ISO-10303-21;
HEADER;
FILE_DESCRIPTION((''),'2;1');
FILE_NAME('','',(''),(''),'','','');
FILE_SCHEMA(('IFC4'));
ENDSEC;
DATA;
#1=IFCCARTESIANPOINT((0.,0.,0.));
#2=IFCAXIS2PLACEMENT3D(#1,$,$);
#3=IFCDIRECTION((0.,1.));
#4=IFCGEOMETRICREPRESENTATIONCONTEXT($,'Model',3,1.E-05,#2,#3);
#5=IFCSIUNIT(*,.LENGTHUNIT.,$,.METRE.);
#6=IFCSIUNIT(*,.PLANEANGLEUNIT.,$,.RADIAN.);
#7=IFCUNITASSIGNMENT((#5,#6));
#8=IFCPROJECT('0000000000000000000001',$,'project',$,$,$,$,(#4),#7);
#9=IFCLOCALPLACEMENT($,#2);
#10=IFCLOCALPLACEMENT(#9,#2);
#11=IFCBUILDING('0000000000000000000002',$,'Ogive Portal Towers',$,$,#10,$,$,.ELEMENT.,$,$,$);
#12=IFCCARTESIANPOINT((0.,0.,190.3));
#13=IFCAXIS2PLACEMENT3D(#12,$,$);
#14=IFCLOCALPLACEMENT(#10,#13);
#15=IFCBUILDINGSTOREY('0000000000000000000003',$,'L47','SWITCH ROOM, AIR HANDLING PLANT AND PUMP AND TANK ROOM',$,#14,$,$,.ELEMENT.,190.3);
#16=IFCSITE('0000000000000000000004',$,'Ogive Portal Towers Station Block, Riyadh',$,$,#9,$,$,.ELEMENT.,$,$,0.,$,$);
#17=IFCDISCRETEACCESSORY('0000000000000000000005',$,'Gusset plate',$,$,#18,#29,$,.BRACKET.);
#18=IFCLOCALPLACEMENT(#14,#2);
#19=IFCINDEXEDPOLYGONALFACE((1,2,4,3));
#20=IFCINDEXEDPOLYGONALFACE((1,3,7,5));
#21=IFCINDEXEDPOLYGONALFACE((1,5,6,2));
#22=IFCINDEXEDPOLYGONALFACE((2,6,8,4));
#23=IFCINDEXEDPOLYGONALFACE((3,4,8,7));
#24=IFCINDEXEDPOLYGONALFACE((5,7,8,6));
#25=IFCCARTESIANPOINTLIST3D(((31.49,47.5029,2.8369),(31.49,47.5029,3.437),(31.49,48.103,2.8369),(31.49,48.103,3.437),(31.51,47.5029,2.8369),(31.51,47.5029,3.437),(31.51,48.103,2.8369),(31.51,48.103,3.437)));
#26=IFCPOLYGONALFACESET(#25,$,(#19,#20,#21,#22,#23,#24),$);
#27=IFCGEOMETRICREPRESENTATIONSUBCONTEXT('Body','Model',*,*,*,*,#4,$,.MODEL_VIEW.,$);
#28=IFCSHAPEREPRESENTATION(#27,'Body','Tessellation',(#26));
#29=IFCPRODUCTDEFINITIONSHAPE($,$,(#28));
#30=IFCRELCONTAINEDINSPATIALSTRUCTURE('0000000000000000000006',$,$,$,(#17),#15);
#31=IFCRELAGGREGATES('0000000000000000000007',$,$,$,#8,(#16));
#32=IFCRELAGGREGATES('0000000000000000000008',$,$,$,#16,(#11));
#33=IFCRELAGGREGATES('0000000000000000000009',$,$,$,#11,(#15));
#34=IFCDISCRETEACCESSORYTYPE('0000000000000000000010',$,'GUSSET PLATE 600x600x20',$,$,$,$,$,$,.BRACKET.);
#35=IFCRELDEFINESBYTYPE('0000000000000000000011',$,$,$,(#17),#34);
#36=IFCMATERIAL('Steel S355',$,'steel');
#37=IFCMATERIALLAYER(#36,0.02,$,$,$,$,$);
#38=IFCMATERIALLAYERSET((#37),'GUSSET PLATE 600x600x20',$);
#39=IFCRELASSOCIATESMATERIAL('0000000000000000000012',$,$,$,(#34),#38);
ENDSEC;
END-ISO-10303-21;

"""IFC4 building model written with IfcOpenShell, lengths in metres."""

from ifc_helpers import new_model, si_unit, direction, frame, origin, origin_2d, place, context, subcontext, project, spatial, rectangle, extrude, material, layer, layer_set, type_object, element, save


model = new_model("IFC4")

# Units and contexts
model_context = context("Model", 3, precision=1e-05, world=origin(), true_north=direction((0.0, 1.0)))
body_context = subcontext(model_context, "Body", "Model", "MODEL_VIEW")
ifc_project = project(units=[si_unit("LENGTHUNIT", "METRE"), si_unit("PLANEANGLEUNIT", "RADIAN")], contexts=[model_context])

# Site, building, storey
site_placement = place(None, origin())
site = spatial("IfcSite", under=ifc_project, at=site_placement, Name="Ogive Portal Towers Station Block, Riyadh", CompositionType="ELEMENT", RefElevation=0.0)
building_placement = place(site_placement, origin())
building = spatial("IfcBuilding", under=site, at=building_placement, Name="Ogive Portal Towers", CompositionType="ELEMENT")
storey_placement = place(building_placement, frame((0.0, 0.0, 190.3)))
storey = spatial("IfcBuildingStorey", under=building, at=storey_placement, Name="L47", Description="SWITCH ROOM, AIR HANDLING PLANT AND PUMP AND TANK ROOM", CompositionType="ELEMENT", Elevation=190.3)

# Shared definitions
ifc_material_1 = material(Name="Steel S355", Category="steel")

# Discrete accessory
ifc_layer_1 = layer(ifc_material_1, 0.02)
ifc_layer_set_1 = layer_set([ifc_layer_1], Name="GUSSET PLATE 600x600x20")
discrete_accessory_type = type_object("IfcDiscreteAccessoryType", Name="GUSSET PLATE 600x600x20", PredefinedType="BRACKET", material=ifc_layer_set_1)
discrete_accessory_placement = place(storey_placement, frame((31.5, 47.803, 2.8369), z_axis=(0.0, 0.0, 1.0), x_axis=(0.0, -1.0, 0.0)))
element("IfcDiscreteAccessory", 1, at=discrete_accessory_placement, inside=storey, type_object=discrete_accessory_type, Name="Gusset plate", PredefinedType="BRACKET", context=body_context, shape_type="SweptSolid", body=[
    extrude(rectangle(XDim=0.6001, YDim=0.02, at=origin_2d()), origin(), (0.0, 0.0, 1.0), 0.6001),
])

save(model, "model.ifc")
